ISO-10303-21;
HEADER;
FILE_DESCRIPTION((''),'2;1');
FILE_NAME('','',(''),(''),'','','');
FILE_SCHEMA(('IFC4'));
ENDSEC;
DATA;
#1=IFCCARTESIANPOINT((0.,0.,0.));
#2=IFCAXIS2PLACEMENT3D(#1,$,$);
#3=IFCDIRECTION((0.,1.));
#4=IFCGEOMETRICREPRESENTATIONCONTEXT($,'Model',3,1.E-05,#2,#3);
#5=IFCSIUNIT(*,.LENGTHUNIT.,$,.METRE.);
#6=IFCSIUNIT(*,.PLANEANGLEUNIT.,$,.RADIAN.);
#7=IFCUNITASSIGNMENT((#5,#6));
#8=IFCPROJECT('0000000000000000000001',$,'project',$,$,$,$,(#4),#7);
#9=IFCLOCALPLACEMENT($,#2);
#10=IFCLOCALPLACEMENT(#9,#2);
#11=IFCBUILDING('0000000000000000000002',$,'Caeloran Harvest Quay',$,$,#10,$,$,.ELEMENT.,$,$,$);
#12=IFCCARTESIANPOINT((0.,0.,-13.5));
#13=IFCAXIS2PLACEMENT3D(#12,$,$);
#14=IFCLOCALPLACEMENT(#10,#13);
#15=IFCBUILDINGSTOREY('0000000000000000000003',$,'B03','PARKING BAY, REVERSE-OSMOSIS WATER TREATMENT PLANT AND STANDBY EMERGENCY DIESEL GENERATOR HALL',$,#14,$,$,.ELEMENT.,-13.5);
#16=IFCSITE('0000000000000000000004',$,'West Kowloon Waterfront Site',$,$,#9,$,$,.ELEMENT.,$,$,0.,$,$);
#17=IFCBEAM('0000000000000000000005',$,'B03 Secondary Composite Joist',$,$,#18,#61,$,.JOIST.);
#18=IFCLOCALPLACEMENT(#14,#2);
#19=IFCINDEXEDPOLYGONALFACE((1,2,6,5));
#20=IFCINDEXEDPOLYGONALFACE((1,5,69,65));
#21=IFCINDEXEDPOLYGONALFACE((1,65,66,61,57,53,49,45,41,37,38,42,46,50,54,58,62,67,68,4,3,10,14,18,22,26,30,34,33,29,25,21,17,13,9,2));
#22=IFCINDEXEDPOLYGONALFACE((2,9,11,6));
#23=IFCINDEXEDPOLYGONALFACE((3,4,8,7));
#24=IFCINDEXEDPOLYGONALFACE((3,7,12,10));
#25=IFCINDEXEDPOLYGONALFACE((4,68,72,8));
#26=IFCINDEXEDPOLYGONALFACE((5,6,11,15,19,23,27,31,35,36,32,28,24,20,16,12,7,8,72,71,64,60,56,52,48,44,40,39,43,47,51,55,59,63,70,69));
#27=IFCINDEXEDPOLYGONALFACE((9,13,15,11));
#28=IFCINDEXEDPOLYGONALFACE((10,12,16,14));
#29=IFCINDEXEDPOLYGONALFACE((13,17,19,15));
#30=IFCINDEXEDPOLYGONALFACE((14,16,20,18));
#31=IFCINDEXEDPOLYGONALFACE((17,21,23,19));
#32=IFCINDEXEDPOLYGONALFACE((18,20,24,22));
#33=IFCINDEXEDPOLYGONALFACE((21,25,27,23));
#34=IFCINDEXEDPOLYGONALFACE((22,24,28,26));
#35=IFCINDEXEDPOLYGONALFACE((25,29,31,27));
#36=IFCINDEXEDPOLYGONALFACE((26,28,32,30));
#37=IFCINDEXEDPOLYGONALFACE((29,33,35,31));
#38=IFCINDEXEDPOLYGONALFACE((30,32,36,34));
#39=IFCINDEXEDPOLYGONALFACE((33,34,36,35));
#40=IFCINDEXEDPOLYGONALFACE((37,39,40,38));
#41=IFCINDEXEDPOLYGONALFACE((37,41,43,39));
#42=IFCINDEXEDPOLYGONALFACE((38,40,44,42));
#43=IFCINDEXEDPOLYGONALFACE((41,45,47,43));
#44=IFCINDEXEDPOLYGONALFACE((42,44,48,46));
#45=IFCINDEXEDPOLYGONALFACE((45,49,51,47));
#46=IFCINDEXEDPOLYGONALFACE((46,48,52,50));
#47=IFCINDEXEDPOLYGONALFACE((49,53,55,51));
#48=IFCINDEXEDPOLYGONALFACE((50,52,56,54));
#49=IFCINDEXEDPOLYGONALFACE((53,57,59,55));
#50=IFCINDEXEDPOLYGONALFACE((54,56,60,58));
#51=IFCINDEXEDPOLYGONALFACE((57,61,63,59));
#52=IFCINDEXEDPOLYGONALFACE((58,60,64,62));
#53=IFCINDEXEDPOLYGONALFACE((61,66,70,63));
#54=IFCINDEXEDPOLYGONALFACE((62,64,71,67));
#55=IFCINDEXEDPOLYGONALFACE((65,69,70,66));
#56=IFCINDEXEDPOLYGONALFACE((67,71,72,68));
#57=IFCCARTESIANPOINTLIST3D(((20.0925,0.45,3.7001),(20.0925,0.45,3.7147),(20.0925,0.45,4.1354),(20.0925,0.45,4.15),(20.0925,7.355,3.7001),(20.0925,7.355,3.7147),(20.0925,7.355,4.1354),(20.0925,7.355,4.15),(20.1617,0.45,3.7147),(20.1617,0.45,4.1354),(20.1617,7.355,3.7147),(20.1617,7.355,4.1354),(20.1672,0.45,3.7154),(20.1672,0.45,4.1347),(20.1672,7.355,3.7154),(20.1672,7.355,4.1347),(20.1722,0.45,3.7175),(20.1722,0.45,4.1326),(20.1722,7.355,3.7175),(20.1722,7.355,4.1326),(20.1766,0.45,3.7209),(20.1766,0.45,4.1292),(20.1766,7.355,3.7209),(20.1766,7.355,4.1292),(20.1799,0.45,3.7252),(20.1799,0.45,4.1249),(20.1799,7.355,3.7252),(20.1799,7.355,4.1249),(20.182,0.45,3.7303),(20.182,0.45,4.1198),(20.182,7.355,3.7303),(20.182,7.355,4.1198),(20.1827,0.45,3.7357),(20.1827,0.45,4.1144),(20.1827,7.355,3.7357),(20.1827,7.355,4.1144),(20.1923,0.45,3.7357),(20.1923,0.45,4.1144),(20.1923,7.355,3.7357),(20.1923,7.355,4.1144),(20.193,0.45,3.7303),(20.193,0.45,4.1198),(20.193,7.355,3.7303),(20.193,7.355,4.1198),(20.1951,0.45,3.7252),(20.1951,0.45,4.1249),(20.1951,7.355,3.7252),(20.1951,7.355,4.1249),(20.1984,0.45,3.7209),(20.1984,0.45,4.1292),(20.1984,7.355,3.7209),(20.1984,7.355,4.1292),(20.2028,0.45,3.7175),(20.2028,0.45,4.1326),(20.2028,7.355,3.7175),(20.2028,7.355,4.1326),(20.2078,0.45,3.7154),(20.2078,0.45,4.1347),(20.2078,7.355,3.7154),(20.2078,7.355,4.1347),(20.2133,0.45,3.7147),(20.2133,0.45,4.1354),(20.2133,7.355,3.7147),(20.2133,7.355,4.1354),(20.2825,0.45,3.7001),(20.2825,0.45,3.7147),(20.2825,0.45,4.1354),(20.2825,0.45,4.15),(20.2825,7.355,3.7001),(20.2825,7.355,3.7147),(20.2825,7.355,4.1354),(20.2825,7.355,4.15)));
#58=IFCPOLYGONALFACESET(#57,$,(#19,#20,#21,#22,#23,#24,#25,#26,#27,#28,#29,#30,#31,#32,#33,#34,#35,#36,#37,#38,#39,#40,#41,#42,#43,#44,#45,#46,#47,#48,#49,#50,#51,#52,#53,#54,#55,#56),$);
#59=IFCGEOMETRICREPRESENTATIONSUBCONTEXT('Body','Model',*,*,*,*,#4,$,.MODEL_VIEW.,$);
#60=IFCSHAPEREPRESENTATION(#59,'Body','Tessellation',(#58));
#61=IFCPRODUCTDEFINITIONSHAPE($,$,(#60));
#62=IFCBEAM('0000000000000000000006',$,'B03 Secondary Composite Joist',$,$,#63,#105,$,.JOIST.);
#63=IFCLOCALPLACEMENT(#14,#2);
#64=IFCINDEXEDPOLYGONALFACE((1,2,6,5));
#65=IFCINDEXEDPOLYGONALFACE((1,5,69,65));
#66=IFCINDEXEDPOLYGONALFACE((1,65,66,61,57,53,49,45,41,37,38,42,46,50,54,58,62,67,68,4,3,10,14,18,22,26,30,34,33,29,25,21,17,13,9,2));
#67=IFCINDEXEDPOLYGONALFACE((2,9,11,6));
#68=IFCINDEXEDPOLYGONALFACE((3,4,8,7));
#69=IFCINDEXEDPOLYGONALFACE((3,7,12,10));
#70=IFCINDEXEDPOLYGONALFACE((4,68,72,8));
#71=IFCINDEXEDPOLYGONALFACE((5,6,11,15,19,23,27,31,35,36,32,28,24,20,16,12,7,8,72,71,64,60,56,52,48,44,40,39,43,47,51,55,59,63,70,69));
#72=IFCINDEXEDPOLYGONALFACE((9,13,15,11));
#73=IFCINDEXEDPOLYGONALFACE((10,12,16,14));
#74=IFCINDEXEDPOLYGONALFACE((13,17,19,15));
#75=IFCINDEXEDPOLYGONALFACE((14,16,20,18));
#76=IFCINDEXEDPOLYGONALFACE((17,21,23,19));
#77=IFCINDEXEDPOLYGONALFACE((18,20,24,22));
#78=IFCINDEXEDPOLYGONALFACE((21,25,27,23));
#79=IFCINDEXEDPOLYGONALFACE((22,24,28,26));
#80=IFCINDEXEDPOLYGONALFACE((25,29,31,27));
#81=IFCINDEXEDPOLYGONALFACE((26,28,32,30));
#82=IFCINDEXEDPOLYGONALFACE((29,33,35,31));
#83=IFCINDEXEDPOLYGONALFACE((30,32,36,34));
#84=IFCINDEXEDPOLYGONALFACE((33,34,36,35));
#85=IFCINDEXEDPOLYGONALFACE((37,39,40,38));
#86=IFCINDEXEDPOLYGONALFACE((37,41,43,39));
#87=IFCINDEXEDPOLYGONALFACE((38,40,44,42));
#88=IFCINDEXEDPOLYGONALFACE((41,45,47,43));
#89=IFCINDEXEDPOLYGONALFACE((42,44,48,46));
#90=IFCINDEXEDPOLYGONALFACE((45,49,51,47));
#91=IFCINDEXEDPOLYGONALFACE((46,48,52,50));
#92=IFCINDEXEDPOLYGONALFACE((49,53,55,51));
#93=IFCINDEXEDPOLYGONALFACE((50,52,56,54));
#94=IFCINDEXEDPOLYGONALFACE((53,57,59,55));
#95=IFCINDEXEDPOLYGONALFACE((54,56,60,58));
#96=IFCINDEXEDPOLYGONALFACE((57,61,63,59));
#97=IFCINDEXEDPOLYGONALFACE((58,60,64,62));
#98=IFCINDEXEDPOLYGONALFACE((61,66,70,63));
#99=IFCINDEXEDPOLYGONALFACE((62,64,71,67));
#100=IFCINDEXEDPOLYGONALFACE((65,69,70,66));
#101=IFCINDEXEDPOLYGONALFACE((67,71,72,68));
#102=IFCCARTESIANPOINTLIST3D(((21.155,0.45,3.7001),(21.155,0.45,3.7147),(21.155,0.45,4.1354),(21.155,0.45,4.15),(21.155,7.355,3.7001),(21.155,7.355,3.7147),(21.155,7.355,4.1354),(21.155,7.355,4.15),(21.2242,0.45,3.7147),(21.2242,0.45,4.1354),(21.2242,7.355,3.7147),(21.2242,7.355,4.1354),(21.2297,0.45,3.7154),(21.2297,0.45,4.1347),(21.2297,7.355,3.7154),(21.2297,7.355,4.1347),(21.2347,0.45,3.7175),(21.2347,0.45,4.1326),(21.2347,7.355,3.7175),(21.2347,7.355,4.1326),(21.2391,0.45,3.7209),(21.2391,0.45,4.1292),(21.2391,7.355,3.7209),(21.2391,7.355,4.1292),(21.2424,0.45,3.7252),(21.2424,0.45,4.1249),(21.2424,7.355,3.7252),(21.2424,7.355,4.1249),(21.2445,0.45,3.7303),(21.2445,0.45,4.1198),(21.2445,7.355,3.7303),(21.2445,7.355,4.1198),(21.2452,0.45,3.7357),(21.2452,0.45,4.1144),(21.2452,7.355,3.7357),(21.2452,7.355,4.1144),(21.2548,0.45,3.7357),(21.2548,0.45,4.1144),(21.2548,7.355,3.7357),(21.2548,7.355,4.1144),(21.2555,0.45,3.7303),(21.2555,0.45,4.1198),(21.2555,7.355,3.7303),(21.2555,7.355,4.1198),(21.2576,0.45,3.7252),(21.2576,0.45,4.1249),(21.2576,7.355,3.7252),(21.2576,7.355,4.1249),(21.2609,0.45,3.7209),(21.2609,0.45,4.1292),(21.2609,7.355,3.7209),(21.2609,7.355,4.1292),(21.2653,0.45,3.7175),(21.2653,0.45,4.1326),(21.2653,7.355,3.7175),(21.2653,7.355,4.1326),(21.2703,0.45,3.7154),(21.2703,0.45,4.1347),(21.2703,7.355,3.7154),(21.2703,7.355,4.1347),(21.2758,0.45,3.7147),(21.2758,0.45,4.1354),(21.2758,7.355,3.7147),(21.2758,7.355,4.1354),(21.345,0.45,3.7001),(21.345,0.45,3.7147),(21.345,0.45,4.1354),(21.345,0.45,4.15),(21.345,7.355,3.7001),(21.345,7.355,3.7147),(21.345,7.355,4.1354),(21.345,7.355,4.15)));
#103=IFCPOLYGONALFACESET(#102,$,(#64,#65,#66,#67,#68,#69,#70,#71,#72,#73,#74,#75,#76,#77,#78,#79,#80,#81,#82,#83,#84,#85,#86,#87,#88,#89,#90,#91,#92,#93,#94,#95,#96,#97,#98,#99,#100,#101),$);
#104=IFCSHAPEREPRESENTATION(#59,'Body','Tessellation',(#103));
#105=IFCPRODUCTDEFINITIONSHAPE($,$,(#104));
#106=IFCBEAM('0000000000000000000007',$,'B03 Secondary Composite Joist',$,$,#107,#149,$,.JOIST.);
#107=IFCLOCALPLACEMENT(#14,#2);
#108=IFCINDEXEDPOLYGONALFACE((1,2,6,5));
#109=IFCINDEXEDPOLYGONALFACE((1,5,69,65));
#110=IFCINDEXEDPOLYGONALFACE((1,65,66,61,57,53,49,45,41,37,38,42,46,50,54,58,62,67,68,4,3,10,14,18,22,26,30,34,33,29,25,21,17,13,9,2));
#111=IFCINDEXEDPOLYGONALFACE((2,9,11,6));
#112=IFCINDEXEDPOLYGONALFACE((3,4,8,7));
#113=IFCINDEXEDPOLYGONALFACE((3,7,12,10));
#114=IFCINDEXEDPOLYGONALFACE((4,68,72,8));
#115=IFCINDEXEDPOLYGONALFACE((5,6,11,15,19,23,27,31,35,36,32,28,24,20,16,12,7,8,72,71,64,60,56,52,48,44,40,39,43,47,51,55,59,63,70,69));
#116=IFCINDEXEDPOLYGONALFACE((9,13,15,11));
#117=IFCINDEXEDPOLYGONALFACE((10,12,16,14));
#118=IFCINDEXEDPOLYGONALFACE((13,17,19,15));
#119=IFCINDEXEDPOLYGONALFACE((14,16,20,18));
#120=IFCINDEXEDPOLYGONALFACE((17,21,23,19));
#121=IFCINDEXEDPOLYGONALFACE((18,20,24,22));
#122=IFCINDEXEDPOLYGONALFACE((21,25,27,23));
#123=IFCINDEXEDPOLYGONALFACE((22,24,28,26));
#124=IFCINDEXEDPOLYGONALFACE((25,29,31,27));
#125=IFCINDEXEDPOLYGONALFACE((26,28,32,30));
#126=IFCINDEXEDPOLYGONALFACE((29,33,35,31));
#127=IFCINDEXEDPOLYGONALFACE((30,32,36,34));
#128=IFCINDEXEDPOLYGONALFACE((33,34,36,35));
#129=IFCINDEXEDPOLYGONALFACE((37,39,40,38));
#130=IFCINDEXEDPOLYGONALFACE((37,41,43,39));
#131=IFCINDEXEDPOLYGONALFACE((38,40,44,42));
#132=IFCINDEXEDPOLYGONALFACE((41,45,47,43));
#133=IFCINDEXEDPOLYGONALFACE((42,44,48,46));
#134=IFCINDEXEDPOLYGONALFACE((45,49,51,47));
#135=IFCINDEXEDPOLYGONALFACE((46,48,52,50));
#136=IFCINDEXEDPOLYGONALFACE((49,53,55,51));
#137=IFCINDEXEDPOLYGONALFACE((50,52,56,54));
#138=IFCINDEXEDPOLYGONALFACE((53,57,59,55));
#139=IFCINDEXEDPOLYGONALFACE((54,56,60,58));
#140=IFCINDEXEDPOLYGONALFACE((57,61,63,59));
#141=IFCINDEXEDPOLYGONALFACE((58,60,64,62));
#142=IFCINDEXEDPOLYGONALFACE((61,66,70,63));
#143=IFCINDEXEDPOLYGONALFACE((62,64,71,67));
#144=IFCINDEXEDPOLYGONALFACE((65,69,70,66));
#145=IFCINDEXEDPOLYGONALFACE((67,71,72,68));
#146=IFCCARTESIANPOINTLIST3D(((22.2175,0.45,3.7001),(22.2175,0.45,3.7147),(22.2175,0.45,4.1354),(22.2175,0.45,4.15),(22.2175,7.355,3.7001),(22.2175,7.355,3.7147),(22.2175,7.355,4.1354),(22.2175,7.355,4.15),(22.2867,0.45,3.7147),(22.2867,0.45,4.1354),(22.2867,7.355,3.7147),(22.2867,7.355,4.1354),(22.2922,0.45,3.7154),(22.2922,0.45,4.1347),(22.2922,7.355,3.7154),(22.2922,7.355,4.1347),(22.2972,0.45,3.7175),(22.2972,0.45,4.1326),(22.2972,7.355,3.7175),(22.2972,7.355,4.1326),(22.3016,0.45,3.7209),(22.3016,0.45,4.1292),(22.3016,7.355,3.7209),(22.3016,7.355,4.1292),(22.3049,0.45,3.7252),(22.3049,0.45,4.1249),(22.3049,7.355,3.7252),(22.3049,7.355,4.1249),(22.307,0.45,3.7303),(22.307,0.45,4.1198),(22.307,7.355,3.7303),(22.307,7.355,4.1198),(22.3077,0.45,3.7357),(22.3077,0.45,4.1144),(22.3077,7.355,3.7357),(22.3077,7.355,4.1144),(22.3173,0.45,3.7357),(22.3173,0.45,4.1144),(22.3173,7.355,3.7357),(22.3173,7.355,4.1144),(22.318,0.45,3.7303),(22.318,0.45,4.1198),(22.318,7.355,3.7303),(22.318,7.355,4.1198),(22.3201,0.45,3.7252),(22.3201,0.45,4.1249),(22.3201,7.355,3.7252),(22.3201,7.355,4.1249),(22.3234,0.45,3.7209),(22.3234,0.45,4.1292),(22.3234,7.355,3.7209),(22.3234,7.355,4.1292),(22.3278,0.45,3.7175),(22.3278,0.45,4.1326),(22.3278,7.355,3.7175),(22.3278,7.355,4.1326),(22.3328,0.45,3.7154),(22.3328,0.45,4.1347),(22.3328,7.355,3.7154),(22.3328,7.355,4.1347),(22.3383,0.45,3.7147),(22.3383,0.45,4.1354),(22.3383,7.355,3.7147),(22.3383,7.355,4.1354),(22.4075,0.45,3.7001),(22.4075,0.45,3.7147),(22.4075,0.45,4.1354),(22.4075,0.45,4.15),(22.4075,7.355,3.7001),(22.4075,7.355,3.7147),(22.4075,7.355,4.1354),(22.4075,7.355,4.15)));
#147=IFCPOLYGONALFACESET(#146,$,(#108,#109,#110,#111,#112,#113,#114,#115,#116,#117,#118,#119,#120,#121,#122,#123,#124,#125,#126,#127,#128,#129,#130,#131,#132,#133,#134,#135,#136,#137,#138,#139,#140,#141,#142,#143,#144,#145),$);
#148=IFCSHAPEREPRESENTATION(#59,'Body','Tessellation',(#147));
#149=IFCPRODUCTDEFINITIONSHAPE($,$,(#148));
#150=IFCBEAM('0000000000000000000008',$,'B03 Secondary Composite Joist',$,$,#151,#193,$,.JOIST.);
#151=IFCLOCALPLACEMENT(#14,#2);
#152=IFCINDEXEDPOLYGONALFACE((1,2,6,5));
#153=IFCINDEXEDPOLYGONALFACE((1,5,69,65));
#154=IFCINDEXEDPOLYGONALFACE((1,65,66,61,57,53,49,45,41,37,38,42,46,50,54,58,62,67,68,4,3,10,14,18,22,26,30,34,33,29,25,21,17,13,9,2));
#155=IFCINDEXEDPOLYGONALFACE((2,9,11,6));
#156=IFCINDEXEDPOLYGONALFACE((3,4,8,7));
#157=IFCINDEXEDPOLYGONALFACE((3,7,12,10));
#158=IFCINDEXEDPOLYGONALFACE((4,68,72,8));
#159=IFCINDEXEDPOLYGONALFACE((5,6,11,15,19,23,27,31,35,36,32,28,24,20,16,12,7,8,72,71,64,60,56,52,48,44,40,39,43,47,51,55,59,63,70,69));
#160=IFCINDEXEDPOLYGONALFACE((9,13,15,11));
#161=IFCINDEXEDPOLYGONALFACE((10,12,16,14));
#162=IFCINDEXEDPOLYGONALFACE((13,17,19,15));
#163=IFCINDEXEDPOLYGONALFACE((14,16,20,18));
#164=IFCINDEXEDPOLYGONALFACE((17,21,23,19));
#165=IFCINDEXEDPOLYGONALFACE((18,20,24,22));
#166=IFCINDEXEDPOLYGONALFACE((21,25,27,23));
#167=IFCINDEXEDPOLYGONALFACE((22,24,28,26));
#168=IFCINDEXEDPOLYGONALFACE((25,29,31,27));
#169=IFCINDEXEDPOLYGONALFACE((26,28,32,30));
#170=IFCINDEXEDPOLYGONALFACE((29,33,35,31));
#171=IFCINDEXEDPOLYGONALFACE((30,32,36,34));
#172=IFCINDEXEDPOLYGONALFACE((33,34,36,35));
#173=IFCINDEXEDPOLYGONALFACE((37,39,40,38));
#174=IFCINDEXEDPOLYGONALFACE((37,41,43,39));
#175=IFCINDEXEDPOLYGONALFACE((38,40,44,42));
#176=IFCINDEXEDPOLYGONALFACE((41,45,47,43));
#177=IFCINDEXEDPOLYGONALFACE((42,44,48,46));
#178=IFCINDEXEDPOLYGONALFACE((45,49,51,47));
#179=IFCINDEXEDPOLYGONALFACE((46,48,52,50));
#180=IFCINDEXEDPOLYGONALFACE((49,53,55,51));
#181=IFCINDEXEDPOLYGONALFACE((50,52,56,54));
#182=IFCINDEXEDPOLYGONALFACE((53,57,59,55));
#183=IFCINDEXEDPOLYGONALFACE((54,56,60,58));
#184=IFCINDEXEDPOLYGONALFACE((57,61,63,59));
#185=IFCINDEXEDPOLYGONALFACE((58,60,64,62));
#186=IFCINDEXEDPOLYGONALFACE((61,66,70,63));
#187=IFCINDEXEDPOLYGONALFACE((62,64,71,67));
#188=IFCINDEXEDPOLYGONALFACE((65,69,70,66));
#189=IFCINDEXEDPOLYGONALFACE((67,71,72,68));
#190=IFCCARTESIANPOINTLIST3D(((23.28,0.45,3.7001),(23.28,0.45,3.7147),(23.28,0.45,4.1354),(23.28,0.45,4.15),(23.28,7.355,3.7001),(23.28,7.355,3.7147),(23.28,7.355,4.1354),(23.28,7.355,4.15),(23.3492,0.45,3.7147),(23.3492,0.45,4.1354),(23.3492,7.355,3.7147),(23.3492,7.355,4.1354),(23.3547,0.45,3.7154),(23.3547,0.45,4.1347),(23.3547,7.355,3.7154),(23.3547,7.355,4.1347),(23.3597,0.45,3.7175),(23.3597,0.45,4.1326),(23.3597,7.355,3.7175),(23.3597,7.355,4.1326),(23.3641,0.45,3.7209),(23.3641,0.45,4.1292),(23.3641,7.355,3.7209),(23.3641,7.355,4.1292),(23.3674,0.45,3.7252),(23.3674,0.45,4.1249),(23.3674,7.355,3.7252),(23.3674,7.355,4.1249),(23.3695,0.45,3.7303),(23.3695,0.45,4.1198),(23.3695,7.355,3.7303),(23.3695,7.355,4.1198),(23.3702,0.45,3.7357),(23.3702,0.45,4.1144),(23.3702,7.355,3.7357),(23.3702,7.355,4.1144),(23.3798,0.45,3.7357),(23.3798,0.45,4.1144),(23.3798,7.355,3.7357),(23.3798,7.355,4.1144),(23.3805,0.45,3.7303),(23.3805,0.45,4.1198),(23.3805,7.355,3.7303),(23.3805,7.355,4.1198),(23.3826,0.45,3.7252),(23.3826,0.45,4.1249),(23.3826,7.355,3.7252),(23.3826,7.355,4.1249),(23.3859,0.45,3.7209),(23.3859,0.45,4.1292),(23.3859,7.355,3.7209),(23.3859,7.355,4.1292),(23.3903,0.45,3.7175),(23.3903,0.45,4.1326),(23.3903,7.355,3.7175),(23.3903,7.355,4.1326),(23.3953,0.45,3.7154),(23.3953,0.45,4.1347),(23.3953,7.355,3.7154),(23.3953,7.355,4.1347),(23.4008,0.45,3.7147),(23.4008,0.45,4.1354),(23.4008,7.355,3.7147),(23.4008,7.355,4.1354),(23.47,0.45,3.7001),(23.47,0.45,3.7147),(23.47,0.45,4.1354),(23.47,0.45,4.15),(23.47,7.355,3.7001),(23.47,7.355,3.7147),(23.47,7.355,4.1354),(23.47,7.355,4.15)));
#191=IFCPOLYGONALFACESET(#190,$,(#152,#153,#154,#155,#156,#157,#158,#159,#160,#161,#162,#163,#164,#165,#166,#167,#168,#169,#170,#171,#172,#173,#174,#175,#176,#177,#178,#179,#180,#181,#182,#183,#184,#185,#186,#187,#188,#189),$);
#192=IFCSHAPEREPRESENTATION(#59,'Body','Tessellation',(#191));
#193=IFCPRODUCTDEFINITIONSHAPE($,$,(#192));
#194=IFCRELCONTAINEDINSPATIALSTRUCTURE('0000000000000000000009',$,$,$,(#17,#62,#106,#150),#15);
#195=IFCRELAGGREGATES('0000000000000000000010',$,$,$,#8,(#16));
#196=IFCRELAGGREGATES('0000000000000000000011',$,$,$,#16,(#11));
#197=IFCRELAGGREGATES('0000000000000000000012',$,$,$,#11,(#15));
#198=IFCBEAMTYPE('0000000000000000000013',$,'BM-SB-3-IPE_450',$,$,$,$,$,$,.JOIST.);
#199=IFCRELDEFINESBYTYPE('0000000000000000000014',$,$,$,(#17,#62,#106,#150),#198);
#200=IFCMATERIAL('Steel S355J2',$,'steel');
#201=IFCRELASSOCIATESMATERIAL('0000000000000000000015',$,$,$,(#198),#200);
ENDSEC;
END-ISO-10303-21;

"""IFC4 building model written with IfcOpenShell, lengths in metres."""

from ifc_helpers import new_model, si_unit, direction, frame, origin, origin_2d, place, context, subcontext, project, spatial, i_section, extrude, material, material_profile, profile_set, type_object, element, save


model = new_model("IFC4")

# Units and contexts
model_context = context("Model", 3, precision=1e-05, world=origin(), true_north=direction((0.0, 1.0)))
body_context = subcontext(model_context, "Body", "Model", "MODEL_VIEW")
ifc_project = project(units=[si_unit("LENGTHUNIT", "METRE"), si_unit("PLANEANGLEUNIT", "RADIAN")], contexts=[model_context])

# Site, building, storey
site_placement = place(None, origin())
site = spatial("IfcSite", under=ifc_project, at=site_placement, Name="West Kowloon Waterfront Site", CompositionType="ELEMENT", RefElevation=0.0)
building_placement = place(site_placement, origin())
building = spatial("IfcBuilding", under=site, at=building_placement, Name="Caeloran Harvest Quay", CompositionType="ELEMENT")
storey_placement = place(building_placement, frame((0.0, 0.0, -13.5)))
storey = spatial("IfcBuildingStorey", under=building, at=storey_placement, Name="B03", Description="PARKING BAY, REVERSE-OSMOSIS WATER TREATMENT PLANT AND STANDBY EMERGENCY DIESEL GENERATOR HALL", CompositionType="ELEMENT", Elevation=-13.5)

# Beams
ifc_material_1 = material(Name="Steel S355J2", Category="steel")
ifc_material_profile_1 = material_profile(ifc_material_1, i_section(OverallWidth=0.1899, OverallDepth=0.45, WebThickness=0.0095, FlangeThickness=0.0146, FilletRadius=0.021, at=origin_2d()), Name="IPE 450")
ifc_profile_set_1 = profile_set([ifc_material_profile_1], Name="Steel S355J2")
beam_type_1 = type_object("IfcBeamType", Name="BM-SB-3-IPE_450", PredefinedType="JOIST", material=ifc_profile_set_1)
for number, where, z_axis, x_axis, name in (
    (1, (20.1875, 0.45, 3.925), (0.0, 1.0, 0.0), (-1.0, 0.0, 0.0), "B03 Secondary Composite Joist"),
    (2, (21.25, 0.45, 3.925), (0.0, 1.0, 0.0), (-1.0, 0.0, 0.0), "B03 Secondary Composite Joist"),
    (3, (22.3125, 0.45, 3.925), (0.0, 1.0, 0.0), (-1.0, 0.0, 0.0), "B03 Secondary Composite Joist"),
    (4, (23.375, 0.45, 3.925), (0.0, 1.0, 0.0), (-1.0, 0.0, 0.0), "B03 Secondary Composite Joist"),
):
    element("IfcBeam", number, at=place(storey_placement, frame(where, z_axis=z_axis, x_axis=x_axis)), inside=storey, type_object=beam_type_1, Name=name, PredefinedType="JOIST", context=body_context, shape_type="SweptSolid", body=[
        extrude(i_section(OverallWidth=0.1899, OverallDepth=0.45, WebThickness=0.0095, FlangeThickness=0.0146, FilletRadius=0.021, at=origin_2d()), origin(), (0.0, 0.0, 1.0), 6.905),
    ])

save(model, "model.ifc")
